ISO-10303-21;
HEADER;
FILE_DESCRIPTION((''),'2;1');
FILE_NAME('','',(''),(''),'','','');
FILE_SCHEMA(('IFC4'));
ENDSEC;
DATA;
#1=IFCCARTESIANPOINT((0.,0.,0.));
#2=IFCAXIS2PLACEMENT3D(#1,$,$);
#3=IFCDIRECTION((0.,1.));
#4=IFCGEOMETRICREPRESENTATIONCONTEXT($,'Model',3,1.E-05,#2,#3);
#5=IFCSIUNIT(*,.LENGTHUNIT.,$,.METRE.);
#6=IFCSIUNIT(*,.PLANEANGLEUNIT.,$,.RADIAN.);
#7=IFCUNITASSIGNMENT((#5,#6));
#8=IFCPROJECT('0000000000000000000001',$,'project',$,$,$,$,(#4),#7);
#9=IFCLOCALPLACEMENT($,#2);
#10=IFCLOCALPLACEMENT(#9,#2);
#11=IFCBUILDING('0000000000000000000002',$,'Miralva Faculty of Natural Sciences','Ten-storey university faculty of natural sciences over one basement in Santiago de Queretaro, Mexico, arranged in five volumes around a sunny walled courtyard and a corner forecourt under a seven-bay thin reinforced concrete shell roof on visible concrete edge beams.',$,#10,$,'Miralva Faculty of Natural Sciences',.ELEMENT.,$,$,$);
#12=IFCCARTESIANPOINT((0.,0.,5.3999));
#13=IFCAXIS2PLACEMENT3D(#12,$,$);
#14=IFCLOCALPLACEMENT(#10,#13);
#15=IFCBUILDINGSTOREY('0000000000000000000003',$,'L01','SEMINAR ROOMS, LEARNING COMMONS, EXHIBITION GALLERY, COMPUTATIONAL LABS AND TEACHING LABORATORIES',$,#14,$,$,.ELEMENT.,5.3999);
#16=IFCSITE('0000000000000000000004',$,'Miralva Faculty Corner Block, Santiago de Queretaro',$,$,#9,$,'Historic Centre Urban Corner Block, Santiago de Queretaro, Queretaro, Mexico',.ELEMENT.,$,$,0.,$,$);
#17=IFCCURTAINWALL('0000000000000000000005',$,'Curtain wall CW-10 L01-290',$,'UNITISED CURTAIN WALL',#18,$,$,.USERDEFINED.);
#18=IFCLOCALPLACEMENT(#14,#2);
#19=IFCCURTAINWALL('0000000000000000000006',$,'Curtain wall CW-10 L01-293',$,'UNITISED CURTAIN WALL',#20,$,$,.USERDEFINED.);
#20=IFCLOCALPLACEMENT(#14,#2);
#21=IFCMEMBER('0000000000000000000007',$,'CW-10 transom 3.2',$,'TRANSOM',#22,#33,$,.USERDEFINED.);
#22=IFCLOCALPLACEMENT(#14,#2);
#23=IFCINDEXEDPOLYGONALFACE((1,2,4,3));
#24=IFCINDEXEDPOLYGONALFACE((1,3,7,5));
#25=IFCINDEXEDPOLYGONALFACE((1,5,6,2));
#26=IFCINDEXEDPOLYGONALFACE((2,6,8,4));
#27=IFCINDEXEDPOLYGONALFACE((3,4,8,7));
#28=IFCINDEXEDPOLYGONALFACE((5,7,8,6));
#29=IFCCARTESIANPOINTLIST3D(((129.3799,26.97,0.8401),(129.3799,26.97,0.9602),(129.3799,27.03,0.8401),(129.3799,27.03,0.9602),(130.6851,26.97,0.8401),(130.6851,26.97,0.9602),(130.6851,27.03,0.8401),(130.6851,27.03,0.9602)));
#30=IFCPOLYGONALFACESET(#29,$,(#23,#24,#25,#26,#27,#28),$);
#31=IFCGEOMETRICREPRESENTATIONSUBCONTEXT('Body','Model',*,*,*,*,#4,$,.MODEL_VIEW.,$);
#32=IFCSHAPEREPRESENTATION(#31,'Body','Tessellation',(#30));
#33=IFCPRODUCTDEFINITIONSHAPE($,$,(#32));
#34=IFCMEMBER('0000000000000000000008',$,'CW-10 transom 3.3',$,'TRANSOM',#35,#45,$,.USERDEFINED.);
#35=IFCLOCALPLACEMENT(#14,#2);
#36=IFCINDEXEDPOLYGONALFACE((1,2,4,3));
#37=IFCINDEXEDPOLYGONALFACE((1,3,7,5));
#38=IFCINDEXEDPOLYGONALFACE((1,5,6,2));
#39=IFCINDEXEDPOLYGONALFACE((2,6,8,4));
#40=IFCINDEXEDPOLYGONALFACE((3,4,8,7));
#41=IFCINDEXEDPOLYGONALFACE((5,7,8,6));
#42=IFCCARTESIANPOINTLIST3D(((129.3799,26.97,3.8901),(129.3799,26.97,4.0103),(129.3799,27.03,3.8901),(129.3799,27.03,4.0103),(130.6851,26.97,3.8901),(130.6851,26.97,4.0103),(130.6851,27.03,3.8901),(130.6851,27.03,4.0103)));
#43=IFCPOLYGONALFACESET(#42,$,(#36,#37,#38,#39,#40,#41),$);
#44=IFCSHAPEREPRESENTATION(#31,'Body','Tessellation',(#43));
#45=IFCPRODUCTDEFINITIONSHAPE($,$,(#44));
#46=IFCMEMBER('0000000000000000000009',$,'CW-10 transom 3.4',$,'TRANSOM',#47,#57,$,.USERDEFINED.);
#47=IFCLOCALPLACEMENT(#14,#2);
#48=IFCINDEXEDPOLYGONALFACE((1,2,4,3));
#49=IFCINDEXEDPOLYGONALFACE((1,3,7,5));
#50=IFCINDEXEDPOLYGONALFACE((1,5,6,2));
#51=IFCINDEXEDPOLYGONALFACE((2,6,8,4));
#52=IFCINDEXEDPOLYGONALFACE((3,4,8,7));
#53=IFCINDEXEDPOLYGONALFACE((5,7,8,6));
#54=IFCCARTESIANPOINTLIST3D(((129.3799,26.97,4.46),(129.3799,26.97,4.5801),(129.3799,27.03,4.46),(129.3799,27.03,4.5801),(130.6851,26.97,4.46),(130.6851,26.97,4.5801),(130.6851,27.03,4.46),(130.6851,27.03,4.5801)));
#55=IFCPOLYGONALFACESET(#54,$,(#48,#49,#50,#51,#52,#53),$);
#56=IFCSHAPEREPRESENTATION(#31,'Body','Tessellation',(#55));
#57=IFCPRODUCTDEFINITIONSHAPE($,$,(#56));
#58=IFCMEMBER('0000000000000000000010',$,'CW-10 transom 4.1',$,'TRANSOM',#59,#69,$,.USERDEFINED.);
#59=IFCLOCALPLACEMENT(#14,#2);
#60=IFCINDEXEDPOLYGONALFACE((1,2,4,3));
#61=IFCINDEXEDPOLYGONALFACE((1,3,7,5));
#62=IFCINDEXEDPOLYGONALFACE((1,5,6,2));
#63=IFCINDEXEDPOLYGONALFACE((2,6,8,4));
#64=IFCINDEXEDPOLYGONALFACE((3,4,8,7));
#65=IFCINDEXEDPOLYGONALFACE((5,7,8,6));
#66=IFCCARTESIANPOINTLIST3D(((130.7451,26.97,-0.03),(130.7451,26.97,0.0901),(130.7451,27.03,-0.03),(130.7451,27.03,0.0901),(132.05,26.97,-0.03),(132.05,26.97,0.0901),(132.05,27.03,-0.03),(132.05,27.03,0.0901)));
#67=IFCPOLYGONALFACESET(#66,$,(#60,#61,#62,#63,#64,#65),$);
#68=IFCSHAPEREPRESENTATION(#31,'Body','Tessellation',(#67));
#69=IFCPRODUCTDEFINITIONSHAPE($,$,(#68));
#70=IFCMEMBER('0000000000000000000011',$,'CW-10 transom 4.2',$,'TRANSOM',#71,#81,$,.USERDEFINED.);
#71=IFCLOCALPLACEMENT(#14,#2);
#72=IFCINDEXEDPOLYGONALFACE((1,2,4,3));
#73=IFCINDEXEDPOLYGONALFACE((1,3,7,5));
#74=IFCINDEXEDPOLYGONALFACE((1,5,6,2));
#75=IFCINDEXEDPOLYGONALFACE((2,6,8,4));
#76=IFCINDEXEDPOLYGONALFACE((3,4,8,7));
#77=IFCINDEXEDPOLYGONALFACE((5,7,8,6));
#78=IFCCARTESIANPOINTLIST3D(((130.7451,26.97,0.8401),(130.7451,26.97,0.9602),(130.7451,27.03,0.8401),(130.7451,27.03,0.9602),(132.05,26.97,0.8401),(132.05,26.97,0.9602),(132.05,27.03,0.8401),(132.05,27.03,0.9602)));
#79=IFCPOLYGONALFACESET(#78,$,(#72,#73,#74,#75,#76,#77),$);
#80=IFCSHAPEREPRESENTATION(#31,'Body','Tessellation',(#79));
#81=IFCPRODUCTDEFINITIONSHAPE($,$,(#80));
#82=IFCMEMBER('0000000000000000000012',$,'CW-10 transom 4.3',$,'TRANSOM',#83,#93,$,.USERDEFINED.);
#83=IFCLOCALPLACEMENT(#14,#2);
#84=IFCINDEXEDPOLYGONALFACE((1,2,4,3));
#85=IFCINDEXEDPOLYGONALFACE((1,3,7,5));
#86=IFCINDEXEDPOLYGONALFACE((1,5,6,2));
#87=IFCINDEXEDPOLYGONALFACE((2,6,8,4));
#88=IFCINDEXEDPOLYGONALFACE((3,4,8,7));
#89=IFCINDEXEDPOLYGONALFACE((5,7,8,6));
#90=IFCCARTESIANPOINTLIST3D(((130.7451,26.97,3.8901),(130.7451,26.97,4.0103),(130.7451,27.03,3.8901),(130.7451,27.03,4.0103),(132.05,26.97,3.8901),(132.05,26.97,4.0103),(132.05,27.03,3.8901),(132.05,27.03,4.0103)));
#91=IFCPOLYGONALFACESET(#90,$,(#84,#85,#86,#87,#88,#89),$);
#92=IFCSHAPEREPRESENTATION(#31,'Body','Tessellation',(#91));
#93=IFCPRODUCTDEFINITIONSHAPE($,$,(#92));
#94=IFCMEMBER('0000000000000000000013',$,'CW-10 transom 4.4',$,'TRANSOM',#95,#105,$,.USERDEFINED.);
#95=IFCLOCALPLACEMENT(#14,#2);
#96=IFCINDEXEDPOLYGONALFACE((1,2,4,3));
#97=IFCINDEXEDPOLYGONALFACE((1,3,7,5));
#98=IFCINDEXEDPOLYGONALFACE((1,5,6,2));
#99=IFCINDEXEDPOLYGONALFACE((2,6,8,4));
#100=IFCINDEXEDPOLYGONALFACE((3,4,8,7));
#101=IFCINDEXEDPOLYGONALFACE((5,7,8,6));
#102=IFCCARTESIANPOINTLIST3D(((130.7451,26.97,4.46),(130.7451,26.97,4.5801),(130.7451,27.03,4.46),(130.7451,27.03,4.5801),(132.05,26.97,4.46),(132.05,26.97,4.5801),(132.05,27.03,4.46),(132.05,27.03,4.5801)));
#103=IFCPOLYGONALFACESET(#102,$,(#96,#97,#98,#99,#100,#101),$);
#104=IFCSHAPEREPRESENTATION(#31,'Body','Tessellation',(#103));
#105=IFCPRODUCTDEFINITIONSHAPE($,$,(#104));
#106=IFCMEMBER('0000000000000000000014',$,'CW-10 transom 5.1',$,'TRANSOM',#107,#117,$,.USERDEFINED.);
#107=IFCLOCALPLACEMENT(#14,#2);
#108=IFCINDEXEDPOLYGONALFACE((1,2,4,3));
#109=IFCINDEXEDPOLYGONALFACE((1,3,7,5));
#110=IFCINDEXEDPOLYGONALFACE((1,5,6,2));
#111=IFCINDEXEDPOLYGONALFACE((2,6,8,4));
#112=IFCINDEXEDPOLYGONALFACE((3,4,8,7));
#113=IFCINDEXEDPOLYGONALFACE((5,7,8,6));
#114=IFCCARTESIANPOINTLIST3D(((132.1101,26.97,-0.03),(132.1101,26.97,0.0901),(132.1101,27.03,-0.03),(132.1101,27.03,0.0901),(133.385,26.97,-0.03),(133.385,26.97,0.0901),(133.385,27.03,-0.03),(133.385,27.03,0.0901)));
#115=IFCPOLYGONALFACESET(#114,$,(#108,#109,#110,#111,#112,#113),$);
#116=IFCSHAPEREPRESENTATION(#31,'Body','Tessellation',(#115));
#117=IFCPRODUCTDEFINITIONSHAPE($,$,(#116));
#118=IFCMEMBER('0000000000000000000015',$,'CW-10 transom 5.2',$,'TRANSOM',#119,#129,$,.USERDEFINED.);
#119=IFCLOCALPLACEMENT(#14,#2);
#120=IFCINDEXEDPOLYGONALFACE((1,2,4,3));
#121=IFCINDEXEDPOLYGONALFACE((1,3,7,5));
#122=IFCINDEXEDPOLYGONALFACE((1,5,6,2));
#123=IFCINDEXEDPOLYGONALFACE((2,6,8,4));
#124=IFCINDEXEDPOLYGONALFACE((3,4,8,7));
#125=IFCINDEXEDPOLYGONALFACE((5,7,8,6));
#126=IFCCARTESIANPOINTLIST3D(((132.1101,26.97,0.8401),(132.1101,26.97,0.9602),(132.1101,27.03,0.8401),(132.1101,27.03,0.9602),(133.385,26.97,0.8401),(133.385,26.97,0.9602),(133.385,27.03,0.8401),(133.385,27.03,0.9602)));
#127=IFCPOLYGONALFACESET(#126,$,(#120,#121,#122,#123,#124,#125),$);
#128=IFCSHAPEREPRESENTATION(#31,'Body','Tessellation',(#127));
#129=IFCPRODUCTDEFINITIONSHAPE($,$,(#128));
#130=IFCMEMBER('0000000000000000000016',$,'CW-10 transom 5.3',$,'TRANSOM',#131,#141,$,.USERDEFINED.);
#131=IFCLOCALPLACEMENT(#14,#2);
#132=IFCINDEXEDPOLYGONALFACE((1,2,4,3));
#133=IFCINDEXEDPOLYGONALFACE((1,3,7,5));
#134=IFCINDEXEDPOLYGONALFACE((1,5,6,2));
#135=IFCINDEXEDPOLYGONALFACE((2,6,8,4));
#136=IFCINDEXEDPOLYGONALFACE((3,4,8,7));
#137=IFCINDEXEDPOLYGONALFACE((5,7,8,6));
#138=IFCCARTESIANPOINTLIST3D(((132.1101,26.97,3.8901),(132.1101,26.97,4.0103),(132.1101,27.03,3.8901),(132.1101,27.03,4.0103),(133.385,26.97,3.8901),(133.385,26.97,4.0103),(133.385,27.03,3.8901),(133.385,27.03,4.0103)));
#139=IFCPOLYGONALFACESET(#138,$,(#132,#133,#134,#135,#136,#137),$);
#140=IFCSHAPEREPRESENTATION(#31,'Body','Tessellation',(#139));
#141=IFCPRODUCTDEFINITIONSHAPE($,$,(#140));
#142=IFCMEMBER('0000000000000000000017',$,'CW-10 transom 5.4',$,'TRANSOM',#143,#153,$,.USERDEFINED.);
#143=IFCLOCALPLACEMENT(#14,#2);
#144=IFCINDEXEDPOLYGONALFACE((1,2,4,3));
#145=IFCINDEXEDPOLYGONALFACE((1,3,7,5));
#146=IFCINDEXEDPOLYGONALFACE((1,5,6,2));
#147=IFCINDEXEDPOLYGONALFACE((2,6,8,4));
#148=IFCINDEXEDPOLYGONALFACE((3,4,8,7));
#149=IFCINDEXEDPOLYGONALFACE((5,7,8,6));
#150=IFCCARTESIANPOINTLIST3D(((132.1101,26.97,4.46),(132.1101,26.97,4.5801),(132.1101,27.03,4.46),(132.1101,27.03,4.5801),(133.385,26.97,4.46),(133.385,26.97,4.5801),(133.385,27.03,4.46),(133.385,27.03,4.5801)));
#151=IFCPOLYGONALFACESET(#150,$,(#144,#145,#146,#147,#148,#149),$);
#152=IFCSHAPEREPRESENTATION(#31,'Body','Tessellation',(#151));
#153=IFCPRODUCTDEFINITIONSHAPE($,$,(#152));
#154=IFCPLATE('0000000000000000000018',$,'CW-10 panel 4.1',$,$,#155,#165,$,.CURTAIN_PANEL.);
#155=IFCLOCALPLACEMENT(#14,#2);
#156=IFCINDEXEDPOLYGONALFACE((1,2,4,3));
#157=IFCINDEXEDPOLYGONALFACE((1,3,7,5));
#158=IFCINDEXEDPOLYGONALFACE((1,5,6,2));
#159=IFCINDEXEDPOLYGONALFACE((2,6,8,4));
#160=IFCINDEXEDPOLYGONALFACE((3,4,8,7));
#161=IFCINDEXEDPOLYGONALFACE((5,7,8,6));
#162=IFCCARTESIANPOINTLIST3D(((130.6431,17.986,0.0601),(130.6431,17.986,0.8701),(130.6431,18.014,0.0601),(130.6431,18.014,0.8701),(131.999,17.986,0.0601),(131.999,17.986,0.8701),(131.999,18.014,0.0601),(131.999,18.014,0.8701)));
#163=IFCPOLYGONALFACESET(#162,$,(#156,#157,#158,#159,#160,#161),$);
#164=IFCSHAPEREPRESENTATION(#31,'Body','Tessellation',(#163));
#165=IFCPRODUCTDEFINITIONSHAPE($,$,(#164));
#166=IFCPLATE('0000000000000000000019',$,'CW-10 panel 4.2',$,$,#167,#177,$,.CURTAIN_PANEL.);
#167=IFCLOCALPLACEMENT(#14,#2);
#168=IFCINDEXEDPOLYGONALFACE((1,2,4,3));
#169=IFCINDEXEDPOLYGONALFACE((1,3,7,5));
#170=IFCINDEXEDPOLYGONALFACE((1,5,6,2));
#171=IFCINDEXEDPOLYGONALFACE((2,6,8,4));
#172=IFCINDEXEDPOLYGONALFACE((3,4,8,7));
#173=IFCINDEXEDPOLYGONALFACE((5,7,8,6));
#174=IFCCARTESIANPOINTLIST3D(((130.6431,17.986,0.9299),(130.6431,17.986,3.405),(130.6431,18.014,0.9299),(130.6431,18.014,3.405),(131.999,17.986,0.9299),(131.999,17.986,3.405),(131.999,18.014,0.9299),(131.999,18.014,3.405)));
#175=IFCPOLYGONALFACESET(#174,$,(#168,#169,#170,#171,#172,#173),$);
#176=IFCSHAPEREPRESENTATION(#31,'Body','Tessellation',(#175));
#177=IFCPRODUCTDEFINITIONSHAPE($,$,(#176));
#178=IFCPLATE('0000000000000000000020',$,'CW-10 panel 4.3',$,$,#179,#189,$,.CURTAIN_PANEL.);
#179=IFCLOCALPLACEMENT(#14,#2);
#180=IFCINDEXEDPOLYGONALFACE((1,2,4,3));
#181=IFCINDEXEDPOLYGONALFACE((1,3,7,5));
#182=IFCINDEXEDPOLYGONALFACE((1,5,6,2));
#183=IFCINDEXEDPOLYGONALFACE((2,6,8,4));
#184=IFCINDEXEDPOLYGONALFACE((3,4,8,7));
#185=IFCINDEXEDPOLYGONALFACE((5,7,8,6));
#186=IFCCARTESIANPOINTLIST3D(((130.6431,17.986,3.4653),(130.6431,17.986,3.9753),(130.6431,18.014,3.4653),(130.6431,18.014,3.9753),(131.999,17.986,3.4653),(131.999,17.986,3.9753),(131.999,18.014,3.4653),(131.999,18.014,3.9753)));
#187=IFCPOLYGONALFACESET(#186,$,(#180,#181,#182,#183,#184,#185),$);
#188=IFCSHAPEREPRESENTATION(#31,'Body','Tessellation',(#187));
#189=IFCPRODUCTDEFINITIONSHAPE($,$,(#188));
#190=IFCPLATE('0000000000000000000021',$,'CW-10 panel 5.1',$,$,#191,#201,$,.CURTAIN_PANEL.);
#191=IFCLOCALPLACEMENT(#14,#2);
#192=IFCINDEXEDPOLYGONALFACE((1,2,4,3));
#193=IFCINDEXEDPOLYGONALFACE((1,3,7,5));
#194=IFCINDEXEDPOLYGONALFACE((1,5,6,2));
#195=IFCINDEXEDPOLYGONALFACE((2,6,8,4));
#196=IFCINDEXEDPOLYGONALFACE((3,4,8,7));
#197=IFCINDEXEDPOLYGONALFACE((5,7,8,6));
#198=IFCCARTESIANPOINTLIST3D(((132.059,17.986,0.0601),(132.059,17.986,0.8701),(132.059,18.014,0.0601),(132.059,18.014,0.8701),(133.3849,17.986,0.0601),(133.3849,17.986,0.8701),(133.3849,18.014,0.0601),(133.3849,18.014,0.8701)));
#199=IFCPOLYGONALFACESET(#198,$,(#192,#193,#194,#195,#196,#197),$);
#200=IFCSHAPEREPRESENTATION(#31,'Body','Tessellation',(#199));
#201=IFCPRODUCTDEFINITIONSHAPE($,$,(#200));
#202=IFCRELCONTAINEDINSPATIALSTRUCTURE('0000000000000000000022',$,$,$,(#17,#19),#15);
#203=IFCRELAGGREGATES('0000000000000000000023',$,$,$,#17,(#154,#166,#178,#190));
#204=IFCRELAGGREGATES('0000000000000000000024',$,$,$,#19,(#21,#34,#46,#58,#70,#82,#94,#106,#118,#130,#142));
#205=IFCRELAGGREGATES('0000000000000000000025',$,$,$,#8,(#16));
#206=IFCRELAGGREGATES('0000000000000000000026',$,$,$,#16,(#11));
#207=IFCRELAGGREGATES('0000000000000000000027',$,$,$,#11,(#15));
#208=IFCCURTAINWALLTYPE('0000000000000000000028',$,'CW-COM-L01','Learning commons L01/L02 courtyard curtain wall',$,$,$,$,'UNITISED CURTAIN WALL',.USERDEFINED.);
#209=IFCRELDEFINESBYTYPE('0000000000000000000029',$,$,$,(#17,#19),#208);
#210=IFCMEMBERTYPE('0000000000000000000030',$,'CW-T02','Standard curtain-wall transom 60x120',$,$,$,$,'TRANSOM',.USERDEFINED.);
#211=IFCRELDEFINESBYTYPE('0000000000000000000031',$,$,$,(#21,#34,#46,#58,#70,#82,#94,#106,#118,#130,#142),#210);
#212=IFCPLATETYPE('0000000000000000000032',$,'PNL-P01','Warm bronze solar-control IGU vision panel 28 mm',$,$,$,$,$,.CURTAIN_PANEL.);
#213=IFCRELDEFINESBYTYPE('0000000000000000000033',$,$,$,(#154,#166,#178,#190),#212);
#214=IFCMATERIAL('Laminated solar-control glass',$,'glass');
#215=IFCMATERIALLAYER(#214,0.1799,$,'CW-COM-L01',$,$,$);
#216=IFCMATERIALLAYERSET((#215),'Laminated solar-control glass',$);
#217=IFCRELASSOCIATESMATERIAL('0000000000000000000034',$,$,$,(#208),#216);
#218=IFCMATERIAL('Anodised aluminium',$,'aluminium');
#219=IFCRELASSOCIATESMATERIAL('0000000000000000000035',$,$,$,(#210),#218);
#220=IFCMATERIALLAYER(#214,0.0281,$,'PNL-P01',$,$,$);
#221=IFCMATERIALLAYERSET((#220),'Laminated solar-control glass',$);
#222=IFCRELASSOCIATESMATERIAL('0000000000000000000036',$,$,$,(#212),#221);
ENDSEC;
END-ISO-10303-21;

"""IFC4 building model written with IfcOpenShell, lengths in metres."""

from ifc_helpers import new_model, si_unit, direction, frame, origin, origin_2d, place, context, subcontext, project, spatial, rectangle, extrude, material, layer, layer_set, material_profile, profile_set, type_object, element, aggregate, save


model = new_model("IFC4")

# Units and contexts
model_context = context("Model", 3, precision=1e-05, world=origin(), true_north=direction((0.0, 1.0)))
body_context = subcontext(model_context, "Body", "Model", "MODEL_VIEW")
ifc_project = project(units=[si_unit("LENGTHUNIT", "METRE"), si_unit("PLANEANGLEUNIT", "RADIAN")], contexts=[model_context])

# Site, building, storey
site_placement = place(None, origin())
site = spatial("IfcSite", under=ifc_project, at=site_placement, Name="Miralva Faculty Corner Block, Santiago de Queretaro", LongName="Historic Centre Urban Corner Block, Santiago de Queretaro, Queretaro, Mexico", CompositionType="ELEMENT", RefElevation=0.0)
building_placement = place(site_placement, origin())
building = spatial("IfcBuilding", under=site, at=building_placement, Name="Miralva Faculty of Natural Sciences", Description="Ten-storey university faculty of natural sciences over one basement in Santiago de Queretaro, Mexico, arranged in five volumes around a sunny walled courtyard and a corner forecourt under a seven-bay thin reinforced concrete shell roof on visible concrete edge beams.", LongName="Miralva Faculty of Natural Sciences", CompositionType="ELEMENT")
storey_placement = place(building_placement, frame((0.0, 0.0, 5.3999)))
storey = spatial("IfcBuildingStorey", under=building, at=storey_placement, Name="L01", Description="SEMINAR ROOMS, LEARNING COMMONS, EXHIBITION GALLERY, COMPUTATIONAL LABS AND TEACHING LABORATORIES", CompositionType="ELEMENT", Elevation=5.3999)

# Curtain walls
ifc_material_1 = material(Name="Laminated solar-control glass", Category="glass")
ifc_layer_1 = layer(ifc_material_1, 0.1799, Name="CW-COM-L01")
ifc_layer_set_1 = layer_set([ifc_layer_1], Name="Laminated solar-control glass")
curtain_wall_type = type_object("IfcCurtainWallType", Name="CW-COM-L01", Description="Learning commons L01/L02 courtyard curtain wall", ElementType="UNITISED CURTAIN WALL", PredefinedType="USERDEFINED", material=ifc_layer_set_1)
curtain_wall_1_placement = place(storey_placement, origin())
curtain_wall_1 = element("IfcCurtainWall", 1, at=curtain_wall_1_placement, inside=storey, type_object=curtain_wall_type, Name="Curtain wall CW-10 L01-290", ObjectType="UNITISED CURTAIN WALL", PredefinedType="USERDEFINED")
ifc_material_2 = material(Name="Anodised aluminium", Category="aluminium")
curtain_wall_2_placement = place(storey_placement, origin())
curtain_wall_2 = element("IfcCurtainWall", 2, at=curtain_wall_2_placement, inside=storey, type_object=curtain_wall_type, Name="Curtain wall CW-10 L01-293", ObjectType="UNITISED CURTAIN WALL", PredefinedType="USERDEFINED")

# Members
ifc_material_profile_1 = material_profile(ifc_material_2, rectangle(XDim=0.0601, YDim=0.1201, at=origin_2d()), Name="TRANSOM 60x120")
ifc_profile_set_1 = profile_set([ifc_material_profile_1], Name="Anodised aluminium")
member_type_1 = type_object("IfcMemberType", Name="CW-T02", Description="Standard curtain-wall transom 60x120", ElementType="TRANSOM", PredefinedType="USERDEFINED", material=ifc_profile_set_1)
member_1_placement = place(storey_placement, frame((129.3799, 27.0, 0.9001), z_axis=(1.0, 0.0, 0.0), x_axis=(0.0, 1.0, 0.0)))
member_1 = element("IfcMember", 3, at=member_1_placement, type_object=member_type_1, Name="CW-10 transom 3.2", ObjectType="TRANSOM", PredefinedType="USERDEFINED", context=body_context, shape_type="SweptSolid", body=[
    extrude(rectangle(XDim=0.0601, YDim=0.1201, at=origin_2d()), origin(), (0.0, 0.0, 1.0), 1.3052),
])
member_2_placement = place(storey_placement, frame((129.3799, 27.0, 3.9502), z_axis=(1.0, 0.0, 0.0), x_axis=(0.0, 1.0, 0.0)))
member_2 = element("IfcMember", 4, at=member_2_placement, type_object=member_type_1, Name="CW-10 transom 3.3", ObjectType="TRANSOM", PredefinedType="USERDEFINED", context=body_context, shape_type="SweptSolid", body=[
    extrude(rectangle(XDim=0.0601, YDim=0.1201, at=origin_2d()), origin(), (0.0, 0.0, 1.0), 1.3052),
])
member_3_placement = place(storey_placement, frame((129.3799, 27.0, 4.52), z_axis=(1.0, 0.0, 0.0), x_axis=(0.0, 1.0, 0.0)))
member_3 = element("IfcMember", 5, at=member_3_placement, type_object=member_type_1, Name="CW-10 transom 3.4", ObjectType="TRANSOM", PredefinedType="USERDEFINED", context=body_context, shape_type="SweptSolid", body=[
    extrude(rectangle(XDim=0.0601, YDim=0.1201, at=origin_2d()), origin(), (0.0, 0.0, 1.0), 1.3052),
])
member_4_placement = place(storey_placement, frame((130.7451, 27.0, 0.03), z_axis=(1.0, 0.0, 0.0), x_axis=(0.0, 1.0, 0.0)))
member_4 = element("IfcMember", 6, at=member_4_placement, type_object=member_type_1, Name="CW-10 transom 4.1", ObjectType="TRANSOM", PredefinedType="USERDEFINED", context=body_context, shape_type="SweptSolid", body=[
    extrude(rectangle(XDim=0.0601, YDim=0.1201, at=origin_2d()), origin(), (0.0, 0.0, 1.0), 1.3049),
])
member_5_placement = place(storey_placement, frame((130.7451, 27.0, 0.9001), z_axis=(1.0, 0.0, 0.0), x_axis=(0.0, 1.0, 0.0)))
member_5 = element("IfcMember", 7, at=member_5_placement, type_object=member_type_1, Name="CW-10 transom 4.2", ObjectType="TRANSOM", PredefinedType="USERDEFINED", context=body_context, shape_type="SweptSolid", body=[
    extrude(rectangle(XDim=0.0601, YDim=0.1201, at=origin_2d()), origin(), (0.0, 0.0, 1.0), 1.3049),
])
member_6_placement = place(storey_placement, frame((130.7451, 27.0, 3.9502), z_axis=(1.0, 0.0, 0.0), x_axis=(0.0, 1.0, 0.0)))
member_6 = element("IfcMember", 8, at=member_6_placement, type_object=member_type_1, Name="CW-10 transom 4.3", ObjectType="TRANSOM", PredefinedType="USERDEFINED", context=body_context, shape_type="SweptSolid", body=[
    extrude(rectangle(XDim=0.0601, YDim=0.1201, at=origin_2d()), origin(), (0.0, 0.0, 1.0), 1.3049),
])
member_7_placement = place(storey_placement, frame((130.7451, 27.0, 4.52), z_axis=(1.0, 0.0, 0.0), x_axis=(0.0, 1.0, 0.0)))
member_7 = element("IfcMember", 9, at=member_7_placement, type_object=member_type_1, Name="CW-10 transom 4.4", ObjectType="TRANSOM", PredefinedType="USERDEFINED", context=body_context, shape_type="SweptSolid", body=[
    extrude(rectangle(XDim=0.0601, YDim=0.1201, at=origin_2d()), origin(), (0.0, 0.0, 1.0), 1.3049),
])
member_8_placement = place(storey_placement, frame((132.1101, 27.0, 0.03), z_axis=(1.0, 0.0, 0.0), x_axis=(0.0, 1.0, 0.0)))
member_8 = element("IfcMember", 10, at=member_8_placement, type_object=member_type_1, Name="CW-10 transom 5.1", ObjectType="TRANSOM", PredefinedType="USERDEFINED", context=body_context, shape_type="SweptSolid", body=[
    extrude(rectangle(XDim=0.0601, YDim=0.1201, at=origin_2d()), origin(), (0.0, 0.0, 1.0), 1.2749),
])
member_9_placement = place(storey_placement, frame((132.1101, 27.0, 0.9001), z_axis=(1.0, 0.0, 0.0), x_axis=(0.0, 1.0, 0.0)))
member_9 = element("IfcMember", 11, at=member_9_placement, type_object=member_type_1, Name="CW-10 transom 5.2", ObjectType="TRANSOM", PredefinedType="USERDEFINED", context=body_context, shape_type="SweptSolid", body=[
    extrude(rectangle(XDim=0.0601, YDim=0.1201, at=origin_2d()), origin(), (0.0, 0.0, 1.0), 1.2749),
])
member_10_placement = place(storey_placement, frame((132.1101, 27.0, 3.9502), z_axis=(1.0, 0.0, 0.0), x_axis=(0.0, 1.0, 0.0)))
member_10 = element("IfcMember", 12, at=member_10_placement, type_object=member_type_1, Name="CW-10 transom 5.3", ObjectType="TRANSOM", PredefinedType="USERDEFINED", context=body_context, shape_type="SweptSolid", body=[
    extrude(rectangle(XDim=0.0601, YDim=0.1201, at=origin_2d()), origin(), (0.0, 0.0, 1.0), 1.2749),
])
member_11_placement = place(storey_placement, frame((132.1101, 27.0, 4.52), z_axis=(1.0, 0.0, 0.0), x_axis=(0.0, 1.0, 0.0)))
member_11 = element("IfcMember", 13, at=member_11_placement, type_object=member_type_1, Name="CW-10 transom 5.4", ObjectType="TRANSOM", PredefinedType="USERDEFINED", context=body_context, shape_type="SweptSolid", body=[
    extrude(rectangle(XDim=0.0601, YDim=0.1201, at=origin_2d()), origin(), (0.0, 0.0, 1.0), 1.2749),
])

# Plates
ifc_layer_2 = layer(ifc_material_1, 0.0281, Name="PNL-P01")
ifc_layer_set_2 = layer_set([ifc_layer_2], Name="Laminated solar-control glass")
plate_type = type_object("IfcPlateType", Name="PNL-P01", Description="Warm bronze solar-control IGU vision panel 28 mm", PredefinedType="CURTAIN_PANEL", material=ifc_layer_set_2)
plate_1_placement = place(storey_placement, frame((131.321, 18.0, 0.0601), z_axis=(0.0, 0.0, 1.0), x_axis=(1.0, 0.0, 0.0)))
plate_1 = element("IfcPlate", 14, at=plate_1_placement, type_object=plate_type, Name="CW-10 panel 4.1", PredefinedType="CURTAIN_PANEL", context=body_context, shape_type="SweptSolid", body=[
    extrude(rectangle(XDim=1.356, YDim=0.0281, at=origin_2d()), origin(), (0.0, 0.0, 1.0), 0.8101),
])
plate_2_placement = place(storey_placement, frame((131.321, 18.0, 0.9299), z_axis=(0.0, 0.0, 1.0), x_axis=(1.0, 0.0, 0.0)))
plate_2 = element("IfcPlate", 15, at=plate_2_placement, type_object=plate_type, Name="CW-10 panel 4.2", PredefinedType="CURTAIN_PANEL", context=body_context, shape_type="SweptSolid", body=[
    extrude(rectangle(XDim=1.356, YDim=0.0281, at=origin_2d()), origin(), (0.0, 0.0, 1.0), 2.4751),
])
plate_3_placement = place(storey_placement, frame((131.321, 18.0, 3.4653), z_axis=(0.0, 0.0, 1.0), x_axis=(1.0, 0.0, 0.0)))
plate_3 = element("IfcPlate", 16, at=plate_3_placement, type_object=plate_type, Name="CW-10 panel 4.3", PredefinedType="CURTAIN_PANEL", context=body_context, shape_type="SweptSolid", body=[
    extrude(rectangle(XDim=1.356, YDim=0.0281, at=origin_2d()), origin(), (0.0, 0.0, 1.0), 0.51),
])
plate_4_placement = place(storey_placement, frame((132.7219, 18.0, 0.0601), z_axis=(0.0, 0.0, 1.0), x_axis=(1.0, 0.0, 0.0)))
plate_4 = element("IfcPlate", 17, at=plate_4_placement, type_object=plate_type, Name="CW-10 panel 5.1", PredefinedType="CURTAIN_PANEL", context=body_context, shape_type="SweptSolid", body=[
    extrude(rectangle(XDim=1.3259, YDim=0.0281, at=origin_2d()), origin(), (0.0, 0.0, 1.0), 0.8101),
])
aggregate(curtain_wall_1, [plate_1, plate_2, plate_3, plate_4])
aggregate(curtain_wall_2, [member_1, member_2, member_3, member_4, member_5, member_6, member_7, member_8, member_9, member_10, member_11])

save(model, "model.ifc")
